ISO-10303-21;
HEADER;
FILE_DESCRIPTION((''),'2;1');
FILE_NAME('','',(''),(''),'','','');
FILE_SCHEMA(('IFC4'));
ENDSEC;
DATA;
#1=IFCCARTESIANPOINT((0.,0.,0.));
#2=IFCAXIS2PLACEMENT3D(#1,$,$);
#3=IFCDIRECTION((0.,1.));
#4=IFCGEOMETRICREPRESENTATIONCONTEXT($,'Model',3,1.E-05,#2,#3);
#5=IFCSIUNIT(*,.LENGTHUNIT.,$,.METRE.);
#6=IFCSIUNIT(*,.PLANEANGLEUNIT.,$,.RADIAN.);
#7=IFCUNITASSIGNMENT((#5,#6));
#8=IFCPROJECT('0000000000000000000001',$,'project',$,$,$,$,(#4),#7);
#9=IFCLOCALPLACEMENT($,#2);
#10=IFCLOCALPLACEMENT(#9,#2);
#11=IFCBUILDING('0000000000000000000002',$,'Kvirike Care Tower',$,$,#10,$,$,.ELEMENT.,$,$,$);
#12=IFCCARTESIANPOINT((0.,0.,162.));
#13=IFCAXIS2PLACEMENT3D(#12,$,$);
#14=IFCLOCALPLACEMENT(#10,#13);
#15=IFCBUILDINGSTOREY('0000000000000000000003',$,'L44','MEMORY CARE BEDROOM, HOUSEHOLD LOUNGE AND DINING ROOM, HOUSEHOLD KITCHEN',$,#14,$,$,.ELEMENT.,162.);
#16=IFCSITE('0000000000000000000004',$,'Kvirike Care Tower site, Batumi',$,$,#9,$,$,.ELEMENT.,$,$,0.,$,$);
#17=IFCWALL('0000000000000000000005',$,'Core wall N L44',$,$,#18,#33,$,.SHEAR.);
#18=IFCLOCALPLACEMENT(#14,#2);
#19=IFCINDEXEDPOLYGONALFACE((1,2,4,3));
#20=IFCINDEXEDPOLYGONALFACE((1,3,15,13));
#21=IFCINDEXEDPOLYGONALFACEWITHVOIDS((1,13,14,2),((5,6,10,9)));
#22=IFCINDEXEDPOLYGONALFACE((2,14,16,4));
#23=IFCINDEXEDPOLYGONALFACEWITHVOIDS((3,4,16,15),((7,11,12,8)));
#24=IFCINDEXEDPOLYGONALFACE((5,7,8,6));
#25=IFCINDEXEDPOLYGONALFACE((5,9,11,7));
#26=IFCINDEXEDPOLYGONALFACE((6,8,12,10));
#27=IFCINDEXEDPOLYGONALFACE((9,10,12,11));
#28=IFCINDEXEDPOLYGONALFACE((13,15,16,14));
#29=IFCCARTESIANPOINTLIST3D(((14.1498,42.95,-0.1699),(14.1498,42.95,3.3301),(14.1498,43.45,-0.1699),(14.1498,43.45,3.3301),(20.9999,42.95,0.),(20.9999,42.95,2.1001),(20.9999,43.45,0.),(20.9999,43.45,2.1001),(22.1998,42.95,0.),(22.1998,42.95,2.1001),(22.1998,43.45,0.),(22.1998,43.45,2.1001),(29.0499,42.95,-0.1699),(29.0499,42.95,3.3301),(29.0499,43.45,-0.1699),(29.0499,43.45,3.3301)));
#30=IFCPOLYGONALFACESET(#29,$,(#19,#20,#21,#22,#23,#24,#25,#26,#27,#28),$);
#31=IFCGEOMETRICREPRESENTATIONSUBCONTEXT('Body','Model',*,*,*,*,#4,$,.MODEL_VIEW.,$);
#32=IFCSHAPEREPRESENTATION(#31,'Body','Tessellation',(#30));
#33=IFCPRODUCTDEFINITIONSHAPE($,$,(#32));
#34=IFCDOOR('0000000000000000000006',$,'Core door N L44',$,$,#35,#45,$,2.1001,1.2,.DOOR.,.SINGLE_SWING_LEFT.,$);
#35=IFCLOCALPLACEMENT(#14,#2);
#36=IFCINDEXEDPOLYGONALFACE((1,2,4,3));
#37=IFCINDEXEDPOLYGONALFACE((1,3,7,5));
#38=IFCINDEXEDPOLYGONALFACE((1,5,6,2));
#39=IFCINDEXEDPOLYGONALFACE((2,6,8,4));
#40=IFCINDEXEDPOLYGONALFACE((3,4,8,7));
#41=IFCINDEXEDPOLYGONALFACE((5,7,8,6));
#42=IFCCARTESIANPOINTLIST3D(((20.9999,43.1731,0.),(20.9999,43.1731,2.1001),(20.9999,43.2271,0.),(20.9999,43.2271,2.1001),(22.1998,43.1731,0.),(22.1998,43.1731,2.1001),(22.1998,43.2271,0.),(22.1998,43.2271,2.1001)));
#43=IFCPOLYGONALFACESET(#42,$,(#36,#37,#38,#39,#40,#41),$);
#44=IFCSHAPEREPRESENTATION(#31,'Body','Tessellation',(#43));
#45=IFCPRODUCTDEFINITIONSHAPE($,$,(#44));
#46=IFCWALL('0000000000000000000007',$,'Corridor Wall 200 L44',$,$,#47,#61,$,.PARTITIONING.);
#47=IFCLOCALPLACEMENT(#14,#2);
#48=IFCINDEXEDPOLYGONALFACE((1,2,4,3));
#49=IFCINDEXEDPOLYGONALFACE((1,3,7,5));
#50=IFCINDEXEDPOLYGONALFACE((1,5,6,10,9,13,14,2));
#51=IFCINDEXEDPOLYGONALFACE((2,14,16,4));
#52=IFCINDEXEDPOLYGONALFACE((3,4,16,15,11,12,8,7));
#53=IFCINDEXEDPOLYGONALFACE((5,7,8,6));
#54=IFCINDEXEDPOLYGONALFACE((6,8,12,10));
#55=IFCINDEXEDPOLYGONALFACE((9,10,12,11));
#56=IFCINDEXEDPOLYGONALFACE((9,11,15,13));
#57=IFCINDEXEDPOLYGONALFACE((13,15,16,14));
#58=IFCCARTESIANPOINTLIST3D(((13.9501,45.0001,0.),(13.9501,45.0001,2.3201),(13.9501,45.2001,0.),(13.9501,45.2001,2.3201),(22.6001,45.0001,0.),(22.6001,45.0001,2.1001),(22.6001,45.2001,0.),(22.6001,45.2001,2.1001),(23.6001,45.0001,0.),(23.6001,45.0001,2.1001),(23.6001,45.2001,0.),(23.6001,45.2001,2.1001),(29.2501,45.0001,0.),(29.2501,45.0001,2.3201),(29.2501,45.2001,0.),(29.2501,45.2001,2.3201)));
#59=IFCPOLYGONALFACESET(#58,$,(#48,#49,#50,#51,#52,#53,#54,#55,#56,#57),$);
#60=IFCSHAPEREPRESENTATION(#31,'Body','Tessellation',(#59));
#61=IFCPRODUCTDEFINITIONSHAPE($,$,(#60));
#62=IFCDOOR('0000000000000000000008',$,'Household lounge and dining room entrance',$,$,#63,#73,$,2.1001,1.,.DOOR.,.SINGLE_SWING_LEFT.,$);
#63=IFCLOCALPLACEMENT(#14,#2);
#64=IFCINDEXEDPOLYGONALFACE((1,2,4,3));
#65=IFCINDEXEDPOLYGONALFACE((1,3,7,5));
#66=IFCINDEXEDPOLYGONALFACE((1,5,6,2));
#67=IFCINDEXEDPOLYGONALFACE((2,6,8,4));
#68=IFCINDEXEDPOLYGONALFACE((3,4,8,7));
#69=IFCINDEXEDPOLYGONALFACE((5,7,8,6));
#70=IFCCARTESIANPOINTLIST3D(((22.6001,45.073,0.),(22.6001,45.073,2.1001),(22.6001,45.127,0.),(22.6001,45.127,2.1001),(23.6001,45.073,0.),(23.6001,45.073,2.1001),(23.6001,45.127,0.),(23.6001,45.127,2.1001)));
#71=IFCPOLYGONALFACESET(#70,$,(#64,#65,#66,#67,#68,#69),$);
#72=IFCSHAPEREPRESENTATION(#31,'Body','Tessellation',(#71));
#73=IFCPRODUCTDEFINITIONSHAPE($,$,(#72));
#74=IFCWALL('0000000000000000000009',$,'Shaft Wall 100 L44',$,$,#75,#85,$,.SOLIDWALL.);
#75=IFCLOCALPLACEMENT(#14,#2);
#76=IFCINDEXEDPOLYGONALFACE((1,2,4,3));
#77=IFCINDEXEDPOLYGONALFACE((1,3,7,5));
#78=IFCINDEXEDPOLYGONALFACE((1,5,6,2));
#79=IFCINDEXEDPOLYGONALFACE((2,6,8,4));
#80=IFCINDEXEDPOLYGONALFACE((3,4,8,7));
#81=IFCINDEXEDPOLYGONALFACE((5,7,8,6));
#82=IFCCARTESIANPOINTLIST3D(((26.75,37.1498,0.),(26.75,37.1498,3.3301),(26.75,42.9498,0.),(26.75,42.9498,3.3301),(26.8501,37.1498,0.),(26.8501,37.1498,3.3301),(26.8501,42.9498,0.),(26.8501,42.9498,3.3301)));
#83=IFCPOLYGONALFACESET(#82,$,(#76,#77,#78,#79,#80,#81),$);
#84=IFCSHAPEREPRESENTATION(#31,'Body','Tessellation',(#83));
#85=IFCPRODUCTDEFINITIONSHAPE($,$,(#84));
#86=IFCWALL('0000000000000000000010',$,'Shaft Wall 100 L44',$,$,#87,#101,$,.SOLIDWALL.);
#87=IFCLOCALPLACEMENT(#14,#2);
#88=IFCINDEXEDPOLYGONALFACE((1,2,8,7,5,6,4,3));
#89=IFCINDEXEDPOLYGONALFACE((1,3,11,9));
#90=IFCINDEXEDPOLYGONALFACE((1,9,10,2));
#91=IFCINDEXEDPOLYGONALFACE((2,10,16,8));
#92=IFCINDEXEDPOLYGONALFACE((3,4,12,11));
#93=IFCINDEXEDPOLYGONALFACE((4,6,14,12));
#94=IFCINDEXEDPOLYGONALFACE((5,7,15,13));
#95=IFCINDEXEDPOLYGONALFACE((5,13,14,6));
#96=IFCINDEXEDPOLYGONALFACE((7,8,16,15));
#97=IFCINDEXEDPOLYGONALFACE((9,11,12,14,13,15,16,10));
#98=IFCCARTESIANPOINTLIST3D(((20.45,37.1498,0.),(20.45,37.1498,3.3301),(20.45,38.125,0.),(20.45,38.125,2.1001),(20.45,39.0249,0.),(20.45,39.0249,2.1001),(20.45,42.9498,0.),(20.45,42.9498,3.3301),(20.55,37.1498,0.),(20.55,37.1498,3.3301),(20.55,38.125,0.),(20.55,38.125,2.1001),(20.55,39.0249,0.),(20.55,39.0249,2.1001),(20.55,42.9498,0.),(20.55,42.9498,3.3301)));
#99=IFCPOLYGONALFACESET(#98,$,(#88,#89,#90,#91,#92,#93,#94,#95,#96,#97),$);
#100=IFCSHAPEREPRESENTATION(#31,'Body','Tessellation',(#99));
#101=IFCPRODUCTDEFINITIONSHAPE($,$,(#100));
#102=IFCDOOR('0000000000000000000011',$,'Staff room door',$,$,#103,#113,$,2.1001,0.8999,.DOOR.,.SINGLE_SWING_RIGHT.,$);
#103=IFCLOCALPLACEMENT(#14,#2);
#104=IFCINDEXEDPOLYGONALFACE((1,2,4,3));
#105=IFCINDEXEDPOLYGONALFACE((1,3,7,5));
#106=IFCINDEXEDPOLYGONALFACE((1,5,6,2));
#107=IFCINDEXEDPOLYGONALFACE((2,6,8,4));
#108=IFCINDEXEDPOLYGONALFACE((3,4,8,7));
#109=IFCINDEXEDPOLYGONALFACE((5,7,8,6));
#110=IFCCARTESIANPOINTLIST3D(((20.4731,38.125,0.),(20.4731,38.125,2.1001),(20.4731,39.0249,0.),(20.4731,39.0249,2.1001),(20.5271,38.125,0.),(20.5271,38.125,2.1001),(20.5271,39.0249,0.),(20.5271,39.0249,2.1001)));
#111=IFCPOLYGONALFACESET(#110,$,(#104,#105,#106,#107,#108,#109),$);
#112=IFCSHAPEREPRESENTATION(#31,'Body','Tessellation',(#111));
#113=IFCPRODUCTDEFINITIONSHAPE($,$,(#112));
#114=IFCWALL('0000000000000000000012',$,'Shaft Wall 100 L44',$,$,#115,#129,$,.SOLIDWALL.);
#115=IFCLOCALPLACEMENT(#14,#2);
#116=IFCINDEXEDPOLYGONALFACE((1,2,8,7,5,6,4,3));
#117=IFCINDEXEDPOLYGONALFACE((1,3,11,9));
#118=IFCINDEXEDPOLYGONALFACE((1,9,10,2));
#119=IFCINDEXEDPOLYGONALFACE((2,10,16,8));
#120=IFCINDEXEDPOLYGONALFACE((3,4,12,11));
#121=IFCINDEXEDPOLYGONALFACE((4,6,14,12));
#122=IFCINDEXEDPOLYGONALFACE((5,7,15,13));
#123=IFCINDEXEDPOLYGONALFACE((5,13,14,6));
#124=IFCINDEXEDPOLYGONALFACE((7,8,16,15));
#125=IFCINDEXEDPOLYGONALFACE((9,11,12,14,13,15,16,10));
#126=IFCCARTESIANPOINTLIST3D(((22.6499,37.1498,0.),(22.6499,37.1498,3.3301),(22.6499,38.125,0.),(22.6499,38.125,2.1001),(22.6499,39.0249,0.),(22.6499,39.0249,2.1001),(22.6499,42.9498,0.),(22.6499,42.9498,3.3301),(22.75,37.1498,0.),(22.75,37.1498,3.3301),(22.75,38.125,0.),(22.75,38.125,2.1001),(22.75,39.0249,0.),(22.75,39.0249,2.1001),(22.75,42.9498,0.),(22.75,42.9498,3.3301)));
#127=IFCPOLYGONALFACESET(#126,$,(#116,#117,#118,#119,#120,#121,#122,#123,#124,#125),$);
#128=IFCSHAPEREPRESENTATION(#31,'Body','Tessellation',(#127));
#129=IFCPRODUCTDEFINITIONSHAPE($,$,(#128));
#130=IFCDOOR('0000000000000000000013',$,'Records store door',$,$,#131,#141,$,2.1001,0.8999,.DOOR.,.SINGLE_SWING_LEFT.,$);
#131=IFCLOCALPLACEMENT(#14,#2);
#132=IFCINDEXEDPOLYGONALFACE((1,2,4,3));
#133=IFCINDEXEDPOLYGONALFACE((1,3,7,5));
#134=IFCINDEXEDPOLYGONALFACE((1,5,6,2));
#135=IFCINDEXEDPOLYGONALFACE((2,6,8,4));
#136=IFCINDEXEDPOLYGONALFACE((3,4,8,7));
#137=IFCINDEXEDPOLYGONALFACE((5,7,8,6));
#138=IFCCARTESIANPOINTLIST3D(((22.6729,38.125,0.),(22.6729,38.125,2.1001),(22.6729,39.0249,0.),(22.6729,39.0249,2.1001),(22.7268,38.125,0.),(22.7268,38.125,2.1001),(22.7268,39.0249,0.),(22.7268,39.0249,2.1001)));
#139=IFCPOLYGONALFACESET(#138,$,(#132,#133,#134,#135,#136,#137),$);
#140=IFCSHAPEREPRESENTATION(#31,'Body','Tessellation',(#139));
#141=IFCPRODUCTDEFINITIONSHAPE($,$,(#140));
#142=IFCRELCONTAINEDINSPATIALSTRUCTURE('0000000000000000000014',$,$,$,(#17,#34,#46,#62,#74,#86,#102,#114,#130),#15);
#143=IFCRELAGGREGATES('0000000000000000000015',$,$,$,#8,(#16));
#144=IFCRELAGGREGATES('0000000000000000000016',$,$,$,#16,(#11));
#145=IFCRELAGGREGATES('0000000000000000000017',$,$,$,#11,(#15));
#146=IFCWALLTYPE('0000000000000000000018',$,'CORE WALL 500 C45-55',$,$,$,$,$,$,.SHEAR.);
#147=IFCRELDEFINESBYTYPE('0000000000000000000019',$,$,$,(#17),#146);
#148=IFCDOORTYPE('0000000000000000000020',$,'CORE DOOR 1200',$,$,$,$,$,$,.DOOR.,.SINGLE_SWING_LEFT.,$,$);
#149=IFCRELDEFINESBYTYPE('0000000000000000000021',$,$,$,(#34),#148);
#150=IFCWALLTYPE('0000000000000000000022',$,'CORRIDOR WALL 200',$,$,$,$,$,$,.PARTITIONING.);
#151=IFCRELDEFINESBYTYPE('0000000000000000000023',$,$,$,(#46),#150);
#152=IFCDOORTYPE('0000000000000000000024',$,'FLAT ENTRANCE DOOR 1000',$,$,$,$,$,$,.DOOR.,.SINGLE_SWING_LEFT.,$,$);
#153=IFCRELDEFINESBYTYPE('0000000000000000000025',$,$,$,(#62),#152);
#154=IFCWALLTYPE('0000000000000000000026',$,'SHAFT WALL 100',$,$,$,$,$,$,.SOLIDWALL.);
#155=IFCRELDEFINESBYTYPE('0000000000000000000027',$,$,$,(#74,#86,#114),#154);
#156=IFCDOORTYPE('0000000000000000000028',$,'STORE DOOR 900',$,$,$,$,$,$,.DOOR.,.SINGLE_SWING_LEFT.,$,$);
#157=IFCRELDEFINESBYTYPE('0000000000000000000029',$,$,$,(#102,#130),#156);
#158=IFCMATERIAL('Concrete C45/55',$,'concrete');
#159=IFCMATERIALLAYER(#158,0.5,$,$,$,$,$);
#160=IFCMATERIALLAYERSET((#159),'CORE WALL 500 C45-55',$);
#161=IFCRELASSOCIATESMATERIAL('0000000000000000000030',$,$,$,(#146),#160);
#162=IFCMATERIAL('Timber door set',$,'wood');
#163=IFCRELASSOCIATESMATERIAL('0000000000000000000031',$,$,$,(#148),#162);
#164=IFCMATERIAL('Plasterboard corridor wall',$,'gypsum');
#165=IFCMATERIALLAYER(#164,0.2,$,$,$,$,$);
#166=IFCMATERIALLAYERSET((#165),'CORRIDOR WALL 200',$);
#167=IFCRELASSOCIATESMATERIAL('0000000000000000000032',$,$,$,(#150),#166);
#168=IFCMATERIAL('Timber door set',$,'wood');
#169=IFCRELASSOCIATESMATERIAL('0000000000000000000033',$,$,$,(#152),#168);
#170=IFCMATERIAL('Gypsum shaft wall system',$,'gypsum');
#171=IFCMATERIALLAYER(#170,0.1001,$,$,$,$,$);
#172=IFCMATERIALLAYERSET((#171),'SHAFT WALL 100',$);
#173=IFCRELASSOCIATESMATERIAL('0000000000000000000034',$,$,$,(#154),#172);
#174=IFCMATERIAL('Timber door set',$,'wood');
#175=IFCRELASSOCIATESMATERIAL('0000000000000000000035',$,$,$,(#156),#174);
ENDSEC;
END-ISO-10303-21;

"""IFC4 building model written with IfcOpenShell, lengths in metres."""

from ifc_helpers import new_model, si_unit, direction, frame, frame_2d, origin, place, context, subcontext, project, spatial, rectangle, extrude, material, layer, layer_set, type_object, element, fill, save


model = new_model("IFC4")

# Units and contexts
model_context = context("Model", 3, precision=1e-05, world=origin(), true_north=direction((0.0, 1.0)))
body_context = subcontext(model_context, "Body", "Model", "MODEL_VIEW")
ifc_project = project(units=[si_unit("LENGTHUNIT", "METRE"), si_unit("PLANEANGLEUNIT", "RADIAN")], contexts=[model_context])

# Site, building, storey
site_placement = place(None, origin())
site = spatial("IfcSite", under=ifc_project, at=site_placement, Name="Kvirike Care Tower site, Batumi", CompositionType="ELEMENT", RefElevation=0.0)
building_placement = place(site_placement, origin())
building = spatial("IfcBuilding", under=site, at=building_placement, Name="Kvirike Care Tower", CompositionType="ELEMENT")
storey_placement = place(building_placement, frame((0.0, 0.0, 162.0)))
storey = spatial("IfcBuildingStorey", under=building, at=storey_placement, Name="L44", Description="MEMORY CARE BEDROOM, HOUSEHOLD LOUNGE AND DINING ROOM, HOUSEHOLD KITCHEN", CompositionType="ELEMENT", Elevation=162.0)

# Walls, openings, doors
ifc_material_1 = material(Name="Concrete C45/55", Category="concrete")
ifc_layer_1 = layer(ifc_material_1, 0.5)
ifc_layer_set_1 = layer_set([ifc_layer_1], Name="CORE WALL 500 C45-55")
wall_type_1 = type_object("IfcWallType", Name="CORE WALL 500 C45-55", PredefinedType="SHEAR", material=ifc_layer_set_1)
wall_1_placement = place(storey_placement, frame((29.05, 43.2, -0.1699), z_axis=(0.0, 0.0, 1.0), x_axis=(-1.0, 0.0, 0.0)))
wall_1 = element("IfcWall", 1, at=wall_1_placement, inside=storey, type_object=wall_type_1, Name="Core wall N L44", PredefinedType="SHEAR", context=body_context, shape_type="SweptSolid", body=[
    extrude(rectangle(XDim=14.9001, YDim=0.5, at=frame_2d((7.4502, 0.0))), origin(), (0.0, 0.0, 1.0), 3.5),
])
opening_1_placement = place(wall_1_placement, frame((6.8501, 0.0, 0.1699)))
opening_1 = element("IfcOpeningElement", 2, at=opening_1_placement, cuts=wall_1, PredefinedType="OPENING", context=body_context, shape_type="SweptSolid", body=[
    extrude(rectangle(XDim=1.2, YDim=2.1001, at=frame_2d((0.6001, 1.05))), frame((0.0, 0.2605, 0.0), z_axis=(0.0, -1.0, 0.0), x_axis=(1.0, 0.0, 0.0)), (0.0, 0.0, 1.0), 0.521),
])
ifc_material_2 = material(Name="Timber door set", Category="wood")
door_type_1 = type_object("IfcDoorType", Name="CORE DOOR 1200", OperationType="SINGLE_SWING_LEFT", PredefinedType="DOOR", material=ifc_material_2)
door_1_placement = place(opening_1_placement, origin())
door_1 = element("IfcDoor", 3, at=door_1_placement, inside=storey, type_object=door_type_1, Name="Core door N L44", OperationType="SINGLE_SWING_LEFT", OverallHeight=2.1001, OverallWidth=1.2, PredefinedType="DOOR", context=body_context, shape_type="SweptSolid", body=[
    extrude(rectangle(XDim=1.2, YDim=2.1001, at=frame_2d((0.6001, 1.05))), frame((0.0, 0.0269, 0.0), z_axis=(0.0, -1.0, 0.0), x_axis=(1.0, 0.0, 0.0)), (0.0, 0.0, 1.0), 0.054),
])
fill(opening_1, door_1)
ifc_material_3 = material(Name="Plasterboard corridor wall", Category="gypsum")
ifc_layer_2 = layer(ifc_material_3, 0.2)
ifc_layer_set_2 = layer_set([ifc_layer_2], Name="CORRIDOR WALL 200")
wall_type_2 = type_object("IfcWallType", Name="CORRIDOR WALL 200", PredefinedType="PARTITIONING", material=ifc_layer_set_2)
wall_2_placement = place(storey_placement, frame((29.25, 45.1001, 0.0), z_axis=(0.0, 0.0, 1.0), x_axis=(-1.0, 0.0, 0.0)))
wall_2 = element("IfcWall", 4, at=wall_2_placement, inside=storey, type_object=wall_type_2, Name="Corridor Wall 200 L44", PredefinedType="PARTITIONING", context=body_context, shape_type="SweptSolid", body=[
    extrude(rectangle(XDim=15.3, YDim=0.2, at=frame_2d((7.6499, 0.0))), origin(), (0.0, 0.0, 1.0), 2.3201),
])
opening_2_placement = place(wall_2_placement, frame((5.6499, 0.0, 0.0)))
opening_2 = element("IfcOpeningElement", 5, at=opening_2_placement, cuts=wall_2, PredefinedType="OPENING", context=body_context, shape_type="SweptSolid", body=[
    extrude(rectangle(XDim=1.0, YDim=2.1001, at=frame_2d((0.5, 1.05))), frame((0.0, 0.1106, 0.0), z_axis=(0.0, -1.0, 0.0), x_axis=(1.0, 0.0, 0.0)), (0.0, 0.0, 1.0), 0.2209),
])
ifc_material_4 = material(Name="Timber door set", Category="wood")
door_type_2 = type_object("IfcDoorType", Name="FLAT ENTRANCE DOOR 1000", OperationType="SINGLE_SWING_LEFT", PredefinedType="DOOR", material=ifc_material_4)
door_2_placement = place(opening_2_placement, frame((1.0, 0.0, 0.0), z_axis=(0.0, 0.0, 1.0), x_axis=(-1.0, 0.0, 0.0)))
door_2 = element("IfcDoor", 6, at=door_2_placement, inside=storey, type_object=door_type_2, Name="Household lounge and dining room entrance", OperationType="SINGLE_SWING_LEFT", OverallHeight=2.1001, OverallWidth=1.0, PredefinedType="DOOR", context=body_context, shape_type="SweptSolid", body=[
    extrude(rectangle(XDim=1.0, YDim=2.1001, at=frame_2d((0.5, 1.05))), frame((0.0, 0.0269, 0.0), z_axis=(0.0, -1.0, 0.0), x_axis=(1.0, 0.0, 0.0)), (0.0, 0.0, 1.0), 0.054),
])
fill(opening_2, door_2)

# Wall
ifc_material_5 = material(Name="Gypsum shaft wall system", Category="gypsum")
ifc_layer_3 = layer(ifc_material_5, 0.1001)
ifc_layer_set_3 = layer_set([ifc_layer_3], Name="SHAFT WALL 100")
wall_type_3 = type_object("IfcWallType", Name="SHAFT WALL 100", PredefinedType="SOLIDWALL", material=ifc_layer_set_3)
wall_3_placement = place(storey_placement, frame((26.8, 37.1499, 0.0), z_axis=(0.0, 0.0, 1.0), x_axis=(0.0, 1.0, 0.0)))
element("IfcWall", 7, at=wall_3_placement, inside=storey, type_object=wall_type_3, Name="Shaft Wall 100 L44", PredefinedType="SOLIDWALL", context=body_context, shape_type="SweptSolid", body=[
    extrude(rectangle(XDim=5.8, YDim=0.1001, at=frame_2d((2.8999, 0.0))), origin(), (0.0, 0.0, 1.0), 3.3301),
])

# Walls, openings, doors
wall_4_placement = place(storey_placement, frame((20.5, 37.1499, 0.0), z_axis=(0.0, 0.0, 1.0), x_axis=(0.0, 1.0, 0.0)))
wall_4 = element("IfcWall", 8, at=wall_4_placement, inside=storey, type_object=wall_type_3, Name="Shaft Wall 100 L44", PredefinedType="SOLIDWALL", context=body_context, shape_type="SweptSolid", body=[
    extrude(rectangle(XDim=5.8, YDim=0.1001, at=frame_2d((2.8999, 0.0))), origin(), (0.0, 0.0, 1.0), 3.3301),
])
opening_3_placement = place(wall_4_placement, frame((0.9751, 0.0, 0.0)))
opening_3 = element("IfcOpeningElement", 9, at=opening_3_placement, cuts=wall_4, PredefinedType="OPENING", context=body_context, shape_type="SweptSolid", body=[
    extrude(rectangle(XDim=0.8999, YDim=2.1001, at=frame_2d((0.45, 1.05))), frame((0.0, 0.0605, 0.0), z_axis=(0.0, -1.0, 0.0), x_axis=(1.0, 0.0, 0.0)), (0.0, 0.0, 1.0), 0.1211),
])
ifc_material_6 = material(Name="Timber door set", Category="wood")
door_type_3 = type_object("IfcDoorType", Name="STORE DOOR 900", OperationType="SINGLE_SWING_LEFT", PredefinedType="DOOR", material=ifc_material_6)
door_3_placement = place(opening_3_placement, origin())
door_3 = element("IfcDoor", 10, at=door_3_placement, inside=storey, type_object=door_type_3, Name="Staff room door", OperationType="SINGLE_SWING_RIGHT", OverallHeight=2.1001, OverallWidth=0.8999, PredefinedType="DOOR", context=body_context, shape_type="SweptSolid", body=[
    extrude(rectangle(XDim=0.8999, YDim=2.1001, at=frame_2d((0.45, 1.05))), frame((0.0, 0.0269, 0.0), z_axis=(0.0, -1.0, 0.0), x_axis=(1.0, 0.0, 0.0)), (0.0, 0.0, 1.0), 0.054),
])
fill(opening_3, door_3)
wall_5_placement = place(storey_placement, frame((22.7, 37.1499, 0.0), z_axis=(0.0, 0.0, 1.0), x_axis=(0.0, 1.0, 0.0)))
wall_5 = element("IfcWall", 11, at=wall_5_placement, inside=storey, type_object=wall_type_3, Name="Shaft Wall 100 L44", PredefinedType="SOLIDWALL", context=body_context, shape_type="SweptSolid", body=[
    extrude(rectangle(XDim=5.8, YDim=0.1001, at=frame_2d((2.8999, 0.0))), origin(), (0.0, 0.0, 1.0), 3.3301),
])
opening_4_placement = place(wall_5_placement, frame((0.9751, 0.0, 0.0)))
opening_4 = element("IfcOpeningElement", 12, at=opening_4_placement, cuts=wall_5, PredefinedType="OPENING", context=body_context, shape_type="SweptSolid", body=[
    extrude(rectangle(XDim=0.8999, YDim=2.1001, at=frame_2d((0.45, 1.05))), frame((0.0, 0.0605, 0.0), z_axis=(0.0, -1.0, 0.0), x_axis=(1.0, 0.0, 0.0)), (0.0, 0.0, 1.0), 0.1211),
])
door_4_placement = place(opening_4_placement, frame((0.8999, 0.0, 0.0), z_axis=(0.0, 0.0, 1.0), x_axis=(-1.0, 0.0, 0.0)))
door_4 = element("IfcDoor", 13, at=door_4_placement, inside=storey, type_object=door_type_3, Name="Records store door", OperationType="SINGLE_SWING_LEFT", OverallHeight=2.1001, OverallWidth=0.8999, PredefinedType="DOOR", context=body_context, shape_type="SweptSolid", body=[
    extrude(rectangle(XDim=0.8999, YDim=2.1001, at=frame_2d((0.45, 1.05))), frame((0.0, 0.0269, 0.0), z_axis=(0.0, -1.0, 0.0), x_axis=(1.0, 0.0, 0.0)), (0.0, 0.0, 1.0), 0.054),
])
fill(opening_4, door_4)

save(model, "model.ifc")
